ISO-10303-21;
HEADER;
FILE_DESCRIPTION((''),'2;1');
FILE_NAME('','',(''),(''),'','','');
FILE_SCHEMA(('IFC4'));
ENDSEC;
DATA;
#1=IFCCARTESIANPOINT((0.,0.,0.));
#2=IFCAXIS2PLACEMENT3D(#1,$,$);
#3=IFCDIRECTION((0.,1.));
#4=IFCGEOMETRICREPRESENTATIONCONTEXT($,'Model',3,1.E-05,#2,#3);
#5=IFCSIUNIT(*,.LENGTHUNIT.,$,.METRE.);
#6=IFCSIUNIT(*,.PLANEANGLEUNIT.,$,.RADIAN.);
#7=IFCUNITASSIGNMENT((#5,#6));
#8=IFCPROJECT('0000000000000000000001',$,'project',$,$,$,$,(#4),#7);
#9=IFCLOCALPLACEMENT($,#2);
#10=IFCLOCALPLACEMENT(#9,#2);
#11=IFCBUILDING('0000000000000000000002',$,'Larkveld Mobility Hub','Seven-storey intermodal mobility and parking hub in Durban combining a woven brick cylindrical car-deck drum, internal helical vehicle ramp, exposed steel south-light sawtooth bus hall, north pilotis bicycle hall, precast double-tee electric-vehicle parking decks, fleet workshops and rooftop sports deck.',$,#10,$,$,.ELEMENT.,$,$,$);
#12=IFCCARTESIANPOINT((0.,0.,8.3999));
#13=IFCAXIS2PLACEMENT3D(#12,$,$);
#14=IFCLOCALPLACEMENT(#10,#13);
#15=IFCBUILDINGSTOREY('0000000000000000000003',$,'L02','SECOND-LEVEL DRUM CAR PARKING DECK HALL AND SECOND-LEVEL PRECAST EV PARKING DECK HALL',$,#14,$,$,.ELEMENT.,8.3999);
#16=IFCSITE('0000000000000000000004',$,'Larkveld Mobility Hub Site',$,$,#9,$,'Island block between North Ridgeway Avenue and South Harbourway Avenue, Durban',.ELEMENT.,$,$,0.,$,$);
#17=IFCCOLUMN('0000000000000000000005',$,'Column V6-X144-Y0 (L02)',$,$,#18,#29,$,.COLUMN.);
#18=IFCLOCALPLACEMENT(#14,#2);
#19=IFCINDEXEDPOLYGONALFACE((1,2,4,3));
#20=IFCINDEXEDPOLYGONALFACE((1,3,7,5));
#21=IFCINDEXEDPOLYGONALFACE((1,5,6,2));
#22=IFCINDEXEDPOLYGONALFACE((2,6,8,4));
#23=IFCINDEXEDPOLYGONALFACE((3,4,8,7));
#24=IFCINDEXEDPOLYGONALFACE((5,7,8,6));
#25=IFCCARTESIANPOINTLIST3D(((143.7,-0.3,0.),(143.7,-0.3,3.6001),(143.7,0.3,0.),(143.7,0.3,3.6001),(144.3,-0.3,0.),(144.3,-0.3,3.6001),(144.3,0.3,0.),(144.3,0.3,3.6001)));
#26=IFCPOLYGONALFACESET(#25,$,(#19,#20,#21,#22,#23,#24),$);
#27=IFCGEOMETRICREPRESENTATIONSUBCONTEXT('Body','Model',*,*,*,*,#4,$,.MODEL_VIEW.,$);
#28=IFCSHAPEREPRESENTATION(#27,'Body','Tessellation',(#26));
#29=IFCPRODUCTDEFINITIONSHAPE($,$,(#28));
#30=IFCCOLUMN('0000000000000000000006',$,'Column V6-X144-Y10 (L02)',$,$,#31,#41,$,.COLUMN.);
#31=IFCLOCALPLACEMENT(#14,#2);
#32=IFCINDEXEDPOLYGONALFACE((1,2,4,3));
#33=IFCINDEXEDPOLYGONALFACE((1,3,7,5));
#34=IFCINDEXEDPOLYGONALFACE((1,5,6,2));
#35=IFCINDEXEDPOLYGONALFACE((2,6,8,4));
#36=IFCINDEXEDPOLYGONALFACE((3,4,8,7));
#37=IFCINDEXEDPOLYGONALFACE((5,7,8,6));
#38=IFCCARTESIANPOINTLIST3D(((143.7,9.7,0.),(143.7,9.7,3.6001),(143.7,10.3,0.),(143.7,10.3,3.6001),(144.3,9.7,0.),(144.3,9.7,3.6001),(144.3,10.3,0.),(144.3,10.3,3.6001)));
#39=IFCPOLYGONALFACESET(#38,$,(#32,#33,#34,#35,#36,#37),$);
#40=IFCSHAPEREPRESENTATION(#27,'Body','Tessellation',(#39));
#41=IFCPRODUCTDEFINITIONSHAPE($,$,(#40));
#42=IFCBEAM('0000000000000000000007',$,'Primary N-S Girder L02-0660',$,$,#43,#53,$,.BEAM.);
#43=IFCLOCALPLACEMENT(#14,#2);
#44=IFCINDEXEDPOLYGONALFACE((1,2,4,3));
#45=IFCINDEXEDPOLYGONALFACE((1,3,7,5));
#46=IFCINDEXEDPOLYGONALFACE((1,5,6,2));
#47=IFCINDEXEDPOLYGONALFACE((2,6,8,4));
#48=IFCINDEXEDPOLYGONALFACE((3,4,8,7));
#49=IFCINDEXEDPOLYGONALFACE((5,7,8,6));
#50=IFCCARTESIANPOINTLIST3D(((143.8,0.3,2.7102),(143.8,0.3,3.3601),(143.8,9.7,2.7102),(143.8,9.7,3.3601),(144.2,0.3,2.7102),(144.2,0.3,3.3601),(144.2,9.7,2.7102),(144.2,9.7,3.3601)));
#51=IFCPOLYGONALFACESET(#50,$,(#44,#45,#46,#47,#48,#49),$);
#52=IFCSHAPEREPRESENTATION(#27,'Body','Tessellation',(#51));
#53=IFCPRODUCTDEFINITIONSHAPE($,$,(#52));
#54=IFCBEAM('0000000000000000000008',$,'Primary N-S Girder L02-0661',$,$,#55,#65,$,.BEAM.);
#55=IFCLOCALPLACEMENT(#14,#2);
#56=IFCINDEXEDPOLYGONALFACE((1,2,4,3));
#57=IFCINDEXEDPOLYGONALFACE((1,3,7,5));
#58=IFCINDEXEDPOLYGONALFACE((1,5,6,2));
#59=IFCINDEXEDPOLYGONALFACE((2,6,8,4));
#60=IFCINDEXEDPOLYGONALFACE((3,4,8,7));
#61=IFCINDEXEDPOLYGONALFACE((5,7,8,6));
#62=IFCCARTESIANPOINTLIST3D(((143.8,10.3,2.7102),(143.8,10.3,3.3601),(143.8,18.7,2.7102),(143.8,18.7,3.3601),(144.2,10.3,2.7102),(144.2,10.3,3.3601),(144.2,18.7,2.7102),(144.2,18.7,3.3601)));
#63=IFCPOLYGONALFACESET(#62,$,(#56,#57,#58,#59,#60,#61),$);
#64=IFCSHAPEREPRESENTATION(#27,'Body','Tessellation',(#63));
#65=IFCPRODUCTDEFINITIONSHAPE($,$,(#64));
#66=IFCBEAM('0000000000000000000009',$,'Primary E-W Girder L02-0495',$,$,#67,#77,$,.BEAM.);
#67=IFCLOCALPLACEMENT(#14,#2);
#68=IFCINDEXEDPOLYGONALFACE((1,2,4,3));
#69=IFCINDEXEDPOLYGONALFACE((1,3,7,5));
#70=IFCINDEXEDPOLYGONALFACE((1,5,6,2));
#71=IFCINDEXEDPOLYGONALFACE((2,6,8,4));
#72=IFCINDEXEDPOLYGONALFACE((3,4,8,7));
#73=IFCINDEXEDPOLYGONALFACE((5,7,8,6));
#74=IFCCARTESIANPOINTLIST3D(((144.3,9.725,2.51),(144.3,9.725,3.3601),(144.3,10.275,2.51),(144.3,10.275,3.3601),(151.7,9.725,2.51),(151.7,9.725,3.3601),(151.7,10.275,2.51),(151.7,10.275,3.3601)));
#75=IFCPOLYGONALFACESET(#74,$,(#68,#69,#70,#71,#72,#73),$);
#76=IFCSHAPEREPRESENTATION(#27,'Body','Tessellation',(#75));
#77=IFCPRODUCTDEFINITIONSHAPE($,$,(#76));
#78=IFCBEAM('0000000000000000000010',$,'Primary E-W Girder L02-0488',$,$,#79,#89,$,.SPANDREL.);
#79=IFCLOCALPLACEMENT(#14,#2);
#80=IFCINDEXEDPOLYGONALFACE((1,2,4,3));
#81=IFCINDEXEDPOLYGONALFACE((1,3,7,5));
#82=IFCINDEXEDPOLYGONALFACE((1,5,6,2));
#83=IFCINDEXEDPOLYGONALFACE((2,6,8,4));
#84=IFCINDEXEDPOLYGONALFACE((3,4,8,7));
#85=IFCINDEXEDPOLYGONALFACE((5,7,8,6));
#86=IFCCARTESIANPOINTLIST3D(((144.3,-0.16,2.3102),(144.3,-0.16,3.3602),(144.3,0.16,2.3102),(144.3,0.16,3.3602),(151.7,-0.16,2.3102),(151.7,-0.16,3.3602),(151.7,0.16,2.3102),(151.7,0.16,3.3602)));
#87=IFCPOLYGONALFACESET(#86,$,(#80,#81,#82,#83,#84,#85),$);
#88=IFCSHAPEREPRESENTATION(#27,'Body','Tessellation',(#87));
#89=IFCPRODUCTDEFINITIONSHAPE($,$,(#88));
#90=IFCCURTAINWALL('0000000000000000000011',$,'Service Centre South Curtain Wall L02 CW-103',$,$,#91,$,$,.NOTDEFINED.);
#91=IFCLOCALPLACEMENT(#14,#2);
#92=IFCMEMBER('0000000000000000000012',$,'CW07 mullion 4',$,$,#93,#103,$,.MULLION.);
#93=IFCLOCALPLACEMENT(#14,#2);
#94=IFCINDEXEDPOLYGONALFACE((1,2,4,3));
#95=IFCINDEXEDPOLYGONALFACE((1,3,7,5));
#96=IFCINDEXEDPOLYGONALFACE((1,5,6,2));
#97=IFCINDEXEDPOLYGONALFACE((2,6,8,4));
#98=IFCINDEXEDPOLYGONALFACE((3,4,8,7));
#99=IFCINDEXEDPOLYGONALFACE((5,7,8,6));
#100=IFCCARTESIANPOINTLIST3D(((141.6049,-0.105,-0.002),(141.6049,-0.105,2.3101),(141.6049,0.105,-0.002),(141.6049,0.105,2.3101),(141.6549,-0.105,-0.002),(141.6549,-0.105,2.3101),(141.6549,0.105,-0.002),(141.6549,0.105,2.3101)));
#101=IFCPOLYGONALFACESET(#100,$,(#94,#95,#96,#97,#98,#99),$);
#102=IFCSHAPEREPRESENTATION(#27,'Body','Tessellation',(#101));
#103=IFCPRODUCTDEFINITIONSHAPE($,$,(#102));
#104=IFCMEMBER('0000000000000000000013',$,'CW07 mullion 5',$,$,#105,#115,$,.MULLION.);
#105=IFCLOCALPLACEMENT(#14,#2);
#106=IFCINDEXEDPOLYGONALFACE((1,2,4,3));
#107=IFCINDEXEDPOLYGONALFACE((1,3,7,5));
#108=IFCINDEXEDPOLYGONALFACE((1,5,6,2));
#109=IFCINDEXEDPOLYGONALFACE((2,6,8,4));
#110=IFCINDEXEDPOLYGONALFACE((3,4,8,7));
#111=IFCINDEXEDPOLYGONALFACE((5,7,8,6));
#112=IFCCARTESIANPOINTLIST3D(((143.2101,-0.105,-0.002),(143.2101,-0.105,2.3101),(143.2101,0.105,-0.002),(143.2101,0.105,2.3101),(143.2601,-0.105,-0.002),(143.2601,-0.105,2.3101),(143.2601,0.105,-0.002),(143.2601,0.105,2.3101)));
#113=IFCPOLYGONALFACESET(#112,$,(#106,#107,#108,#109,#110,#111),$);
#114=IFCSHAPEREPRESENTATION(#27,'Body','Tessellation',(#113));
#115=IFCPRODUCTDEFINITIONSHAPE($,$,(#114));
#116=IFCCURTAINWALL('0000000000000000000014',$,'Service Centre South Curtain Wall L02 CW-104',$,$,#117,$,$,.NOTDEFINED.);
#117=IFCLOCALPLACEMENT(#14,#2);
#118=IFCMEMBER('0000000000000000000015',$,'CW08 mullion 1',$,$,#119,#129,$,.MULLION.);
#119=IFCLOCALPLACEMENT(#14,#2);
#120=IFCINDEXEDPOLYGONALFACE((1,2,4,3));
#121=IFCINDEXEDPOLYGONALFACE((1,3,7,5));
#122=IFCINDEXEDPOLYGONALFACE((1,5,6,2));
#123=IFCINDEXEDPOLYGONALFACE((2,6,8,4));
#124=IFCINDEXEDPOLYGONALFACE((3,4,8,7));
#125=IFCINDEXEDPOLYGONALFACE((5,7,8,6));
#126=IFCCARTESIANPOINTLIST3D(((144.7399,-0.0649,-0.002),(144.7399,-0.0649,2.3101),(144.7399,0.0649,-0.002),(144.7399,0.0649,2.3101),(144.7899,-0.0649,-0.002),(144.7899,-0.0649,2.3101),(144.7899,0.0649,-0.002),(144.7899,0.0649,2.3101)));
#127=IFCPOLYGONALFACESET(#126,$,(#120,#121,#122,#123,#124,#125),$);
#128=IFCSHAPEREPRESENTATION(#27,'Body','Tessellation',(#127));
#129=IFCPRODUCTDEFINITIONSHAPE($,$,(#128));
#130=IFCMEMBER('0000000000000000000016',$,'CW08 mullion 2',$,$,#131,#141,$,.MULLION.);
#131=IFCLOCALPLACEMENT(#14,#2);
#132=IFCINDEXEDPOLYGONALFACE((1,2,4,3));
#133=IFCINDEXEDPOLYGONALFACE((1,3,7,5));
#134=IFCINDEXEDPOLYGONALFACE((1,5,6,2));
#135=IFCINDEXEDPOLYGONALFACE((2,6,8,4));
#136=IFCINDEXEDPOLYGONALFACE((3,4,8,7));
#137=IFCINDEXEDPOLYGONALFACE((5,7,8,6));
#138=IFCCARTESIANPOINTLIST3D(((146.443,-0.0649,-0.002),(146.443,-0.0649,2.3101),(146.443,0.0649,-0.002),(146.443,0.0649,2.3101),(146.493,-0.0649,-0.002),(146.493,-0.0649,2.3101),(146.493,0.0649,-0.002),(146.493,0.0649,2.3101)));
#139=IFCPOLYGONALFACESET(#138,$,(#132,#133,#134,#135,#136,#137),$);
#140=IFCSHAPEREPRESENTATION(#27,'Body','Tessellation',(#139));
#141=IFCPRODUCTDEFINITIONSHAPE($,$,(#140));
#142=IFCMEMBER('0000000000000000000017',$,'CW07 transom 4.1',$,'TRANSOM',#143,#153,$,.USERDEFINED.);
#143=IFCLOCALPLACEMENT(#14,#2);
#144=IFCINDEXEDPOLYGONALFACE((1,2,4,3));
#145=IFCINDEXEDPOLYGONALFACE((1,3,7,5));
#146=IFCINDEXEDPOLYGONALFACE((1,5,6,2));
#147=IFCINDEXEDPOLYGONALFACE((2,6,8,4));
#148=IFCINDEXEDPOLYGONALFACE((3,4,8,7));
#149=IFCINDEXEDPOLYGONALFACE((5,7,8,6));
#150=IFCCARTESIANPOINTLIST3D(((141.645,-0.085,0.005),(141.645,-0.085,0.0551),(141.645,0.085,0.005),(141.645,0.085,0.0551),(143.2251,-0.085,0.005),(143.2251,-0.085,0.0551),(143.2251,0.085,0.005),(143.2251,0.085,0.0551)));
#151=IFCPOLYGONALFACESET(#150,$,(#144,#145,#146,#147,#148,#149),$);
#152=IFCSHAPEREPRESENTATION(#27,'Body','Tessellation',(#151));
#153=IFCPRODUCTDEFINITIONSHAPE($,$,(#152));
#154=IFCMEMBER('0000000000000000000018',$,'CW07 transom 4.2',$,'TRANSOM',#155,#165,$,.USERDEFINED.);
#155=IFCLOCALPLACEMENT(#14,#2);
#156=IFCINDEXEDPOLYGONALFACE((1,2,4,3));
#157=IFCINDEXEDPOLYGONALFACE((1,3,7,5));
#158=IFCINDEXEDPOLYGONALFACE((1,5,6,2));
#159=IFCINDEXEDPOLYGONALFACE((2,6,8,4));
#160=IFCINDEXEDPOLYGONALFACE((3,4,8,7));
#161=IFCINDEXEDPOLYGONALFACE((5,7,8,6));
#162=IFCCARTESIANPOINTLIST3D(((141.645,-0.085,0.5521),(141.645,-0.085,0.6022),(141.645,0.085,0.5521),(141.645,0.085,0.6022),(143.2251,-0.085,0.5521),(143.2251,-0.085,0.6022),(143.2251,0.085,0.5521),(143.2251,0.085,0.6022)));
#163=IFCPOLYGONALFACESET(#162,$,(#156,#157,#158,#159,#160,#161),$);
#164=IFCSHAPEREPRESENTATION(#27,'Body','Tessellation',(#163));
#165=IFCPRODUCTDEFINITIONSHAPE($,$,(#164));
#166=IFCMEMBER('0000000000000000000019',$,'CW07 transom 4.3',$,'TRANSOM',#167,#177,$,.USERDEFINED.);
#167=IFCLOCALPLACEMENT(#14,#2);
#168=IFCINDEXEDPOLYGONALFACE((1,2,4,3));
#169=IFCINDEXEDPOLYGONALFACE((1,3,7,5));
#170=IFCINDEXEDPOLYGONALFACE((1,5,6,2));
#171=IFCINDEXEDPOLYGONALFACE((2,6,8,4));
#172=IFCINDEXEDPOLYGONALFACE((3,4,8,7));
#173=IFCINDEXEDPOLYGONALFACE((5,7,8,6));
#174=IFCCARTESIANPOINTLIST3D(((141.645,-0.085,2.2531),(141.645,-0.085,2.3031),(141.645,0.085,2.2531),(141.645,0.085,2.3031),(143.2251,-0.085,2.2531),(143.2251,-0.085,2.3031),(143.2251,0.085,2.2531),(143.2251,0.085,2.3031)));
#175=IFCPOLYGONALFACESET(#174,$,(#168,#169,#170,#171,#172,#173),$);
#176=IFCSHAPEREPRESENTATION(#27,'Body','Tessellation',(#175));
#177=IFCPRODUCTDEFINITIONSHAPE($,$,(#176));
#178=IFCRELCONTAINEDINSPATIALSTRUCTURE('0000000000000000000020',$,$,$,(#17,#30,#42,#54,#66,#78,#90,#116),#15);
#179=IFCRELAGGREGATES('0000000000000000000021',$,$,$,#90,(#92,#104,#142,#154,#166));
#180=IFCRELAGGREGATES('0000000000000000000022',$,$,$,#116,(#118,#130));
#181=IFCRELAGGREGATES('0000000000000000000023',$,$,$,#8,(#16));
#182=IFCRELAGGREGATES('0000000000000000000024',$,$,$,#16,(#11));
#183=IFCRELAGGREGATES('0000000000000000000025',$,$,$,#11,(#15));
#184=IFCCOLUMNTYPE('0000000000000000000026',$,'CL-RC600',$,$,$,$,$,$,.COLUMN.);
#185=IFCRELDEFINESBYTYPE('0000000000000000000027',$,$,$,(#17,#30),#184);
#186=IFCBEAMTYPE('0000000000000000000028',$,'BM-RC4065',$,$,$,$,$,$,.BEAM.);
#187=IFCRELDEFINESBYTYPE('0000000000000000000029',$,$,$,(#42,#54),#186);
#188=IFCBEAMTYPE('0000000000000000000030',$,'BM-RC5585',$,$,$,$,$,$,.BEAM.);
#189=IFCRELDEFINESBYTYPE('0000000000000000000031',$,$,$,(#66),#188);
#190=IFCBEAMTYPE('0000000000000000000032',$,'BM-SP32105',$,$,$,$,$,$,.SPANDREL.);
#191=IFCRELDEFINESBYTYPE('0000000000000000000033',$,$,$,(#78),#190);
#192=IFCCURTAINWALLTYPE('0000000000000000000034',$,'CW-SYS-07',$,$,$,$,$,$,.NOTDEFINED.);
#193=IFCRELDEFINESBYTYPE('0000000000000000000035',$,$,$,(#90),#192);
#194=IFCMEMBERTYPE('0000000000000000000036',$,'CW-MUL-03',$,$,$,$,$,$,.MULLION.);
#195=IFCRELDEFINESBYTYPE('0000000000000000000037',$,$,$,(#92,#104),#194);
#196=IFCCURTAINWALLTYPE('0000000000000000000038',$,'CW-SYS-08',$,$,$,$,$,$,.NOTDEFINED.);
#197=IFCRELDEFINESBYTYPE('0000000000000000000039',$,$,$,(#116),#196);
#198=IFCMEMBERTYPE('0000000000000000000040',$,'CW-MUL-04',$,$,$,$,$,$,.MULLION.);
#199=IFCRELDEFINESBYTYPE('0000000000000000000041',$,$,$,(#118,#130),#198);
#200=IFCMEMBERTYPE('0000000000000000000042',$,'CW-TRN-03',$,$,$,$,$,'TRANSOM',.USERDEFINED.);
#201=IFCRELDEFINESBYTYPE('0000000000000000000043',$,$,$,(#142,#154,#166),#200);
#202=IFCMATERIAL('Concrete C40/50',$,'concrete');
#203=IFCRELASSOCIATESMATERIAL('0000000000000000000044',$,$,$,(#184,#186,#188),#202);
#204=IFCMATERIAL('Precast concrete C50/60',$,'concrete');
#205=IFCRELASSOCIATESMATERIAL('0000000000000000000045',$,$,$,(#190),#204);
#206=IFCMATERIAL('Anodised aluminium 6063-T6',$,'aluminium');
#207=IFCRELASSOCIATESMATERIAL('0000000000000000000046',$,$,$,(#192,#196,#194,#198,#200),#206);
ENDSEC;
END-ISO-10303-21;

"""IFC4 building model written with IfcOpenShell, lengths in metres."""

from ifc_helpers import new_model, si_unit, direction, frame, origin, origin_2d, place, context, subcontext, project, spatial, rectangle, extrude, material, material_profile, profile_set, type_object, element, aggregate, save


model = new_model("IFC4")

# Units and contexts
model_context = context("Model", 3, precision=1e-05, world=origin(), true_north=direction((0.0, 1.0)))
body_context = subcontext(model_context, "Body", "Model", "MODEL_VIEW")
ifc_project = project(units=[si_unit("LENGTHUNIT", "METRE"), si_unit("PLANEANGLEUNIT", "RADIAN")], contexts=[model_context])

# Site, building, storey
site_placement = place(None, origin())
site = spatial("IfcSite", under=ifc_project, at=site_placement, Name="Larkveld Mobility Hub Site", LongName="Island block between North Ridgeway Avenue and South Harbourway Avenue, Durban", CompositionType="ELEMENT", RefElevation=0.0)
building_placement = place(site_placement, origin())
building = spatial("IfcBuilding", under=site, at=building_placement, Name="Larkveld Mobility Hub", Description="Seven-storey intermodal mobility and parking hub in Durban combining a woven brick cylindrical car-deck drum, internal helical vehicle ramp, exposed steel south-light sawtooth bus hall, north pilotis bicycle hall, precast double-tee electric-vehicle parking decks, fleet workshops and rooftop sports deck.", CompositionType="ELEMENT")
storey_placement = place(building_placement, frame((0.0, 0.0, 8.3999)))
storey = spatial("IfcBuildingStorey", under=building, at=storey_placement, Name="L02", Description="SECOND-LEVEL DRUM CAR PARKING DECK HALL AND SECOND-LEVEL PRECAST EV PARKING DECK HALL", CompositionType="ELEMENT", Elevation=8.3999)

# Columns
ifc_material_1 = material(Name="Concrete C40/50", Category="concrete")
ifc_material_profile_1 = material_profile(ifc_material_1, rectangle(XDim=0.6001, YDim=0.6001, at=origin_2d()), Name="RC COL 600x600")
ifc_profile_set_1 = profile_set([ifc_material_profile_1], Name="Concrete C40/50")
column_type = type_object("IfcColumnType", Name="CL-RC600", PredefinedType="COLUMN", material=ifc_profile_set_1)
for number, where, z_axis, x_axis, name in (
    (1, (144.0, 0.0, 0.0), (0.0, 0.0, 1.0), (1.0, 0.0, 0.0), "Column V6-X144-Y0 (L02)"),
    (2, (144.0, 10.0, 0.0), (0.0, 0.0, 1.0), (1.0, 0.0, 0.0), "Column V6-X144-Y10 (L02)"),
):
    element("IfcColumn", number, at=place(storey_placement, frame(where, z_axis=z_axis, x_axis=x_axis)), inside=storey, type_object=column_type, Name=name, PredefinedType="COLUMN", context=body_context, shape_type="SweptSolid", body=[
        extrude(rectangle(XDim=0.6001, YDim=0.6001, at=origin_2d()), origin(), (0.0, 0.0, 1.0), 3.6001),
    ])

# Beams
ifc_material_profile_2 = material_profile(ifc_material_1, rectangle(XDim=0.3999, YDim=0.6499, at=origin_2d()), Name="RC BM 400x650")
ifc_profile_set_2 = profile_set([ifc_material_profile_2], Name="Concrete C40/50")
beam_type_1 = type_object("IfcBeamType", Name="BM-RC4065", PredefinedType="BEAM", material=ifc_profile_set_2)
beam_1_placement = place(storey_placement, frame((144.0, 0.3, 3.0352), z_axis=(0.0, 1.0, 0.0), x_axis=(-1.0, 0.0, 0.0)))
element("IfcBeam", 3, at=beam_1_placement, inside=storey, type_object=beam_type_1, Name="Primary N-S Girder L02-0660", PredefinedType="BEAM", context=body_context, shape_type="SweptSolid", body=[
    extrude(rectangle(XDim=0.3999, YDim=0.6499, at=origin_2d()), origin(), (0.0, 0.0, 1.0), 9.3999),
])
beam_2_placement = place(storey_placement, frame((144.0, 10.3, 3.0352), z_axis=(0.0, 1.0, 0.0), x_axis=(-1.0, 0.0, 0.0)))
element("IfcBeam", 4, at=beam_2_placement, inside=storey, type_object=beam_type_1, Name="Primary N-S Girder L02-0661", PredefinedType="BEAM", context=body_context, shape_type="SweptSolid", body=[
    extrude(rectangle(XDim=0.3999, YDim=0.6499, at=origin_2d()), origin(), (0.0, 0.0, 1.0), 8.3999),
])
ifc_material_profile_3 = material_profile(ifc_material_1, rectangle(XDim=0.55, YDim=0.8501, at=origin_2d()), Name="RC BM 550x850")
ifc_profile_set_3 = profile_set([ifc_material_profile_3], Name="Concrete C40/50")
beam_type_2 = type_object("IfcBeamType", Name="BM-RC5585", PredefinedType="BEAM", material=ifc_profile_set_3)
beam_3_placement = place(storey_placement, frame((144.3, 10.0, 2.9351), z_axis=(1.0, 0.0, 0.0), x_axis=(0.0, 1.0, 0.0)))
element("IfcBeam", 5, at=beam_3_placement, inside=storey, type_object=beam_type_2, Name="Primary E-W Girder L02-0495", PredefinedType="BEAM", context=body_context, shape_type="SweptSolid", body=[
    extrude(rectangle(XDim=0.55, YDim=0.8501, at=origin_2d()), origin(), (0.0, 0.0, 1.0), 7.3999),
])
ifc_material_2 = material(Name="Precast concrete C50/60", Category="concrete")
ifc_material_profile_4 = material_profile(ifc_material_2, rectangle(XDim=0.3201, YDim=1.05, at=origin_2d()), Name="PC SP 320x1050")
ifc_profile_set_4 = profile_set([ifc_material_profile_4], Name="Precast concrete C50/60")
beam_type_3 = type_object("IfcBeamType", Name="BM-SP32105", PredefinedType="SPANDREL", material=ifc_profile_set_4)
beam_4_placement = place(storey_placement, frame((144.3, 0.0, 2.8352), z_axis=(1.0, 0.0, 0.0), x_axis=(0.0, 1.0, 0.0)))
element("IfcBeam", 6, at=beam_4_placement, inside=storey, type_object=beam_type_3, Name="Primary E-W Girder L02-0488", PredefinedType="SPANDREL", context=body_context, shape_type="SweptSolid", body=[
    extrude(rectangle(XDim=0.3201, YDim=1.05, at=origin_2d()), origin(), (0.0, 0.0, 1.0), 7.3999),
])

# Curtain walls, members
ifc_material_3 = material(Name="Anodised aluminium 6063-T6", Category="aluminium")
curtain_wall_type_1 = type_object("IfcCurtainWallType", Name="CW-SYS-07", PredefinedType="NOTDEFINED", material=ifc_material_3)
curtain_wall_1_placement = place(storey_placement, origin())
curtain_wall_1 = element("IfcCurtainWall", 7, at=curtain_wall_1_placement, inside=storey, type_object=curtain_wall_type_1, Name="Service Centre South Curtain Wall L02 CW-103", PredefinedType="NOTDEFINED")
ifc_material_profile_5 = material_profile(ifc_material_3, rectangle(XDim=0.05, YDim=0.21, at=origin_2d()), Name="ALU MULL 50x210")
ifc_profile_set_5 = profile_set([ifc_material_profile_5], Name="Anodised aluminium 6063-T6")
member_type_1 = type_object("IfcMemberType", Name="CW-MUL-03", PredefinedType="MULLION", material=ifc_profile_set_5)
member_1_placement = place(storey_placement, frame((141.6299, 0.0, -0.002), z_axis=(0.0, 0.0, 1.0), x_axis=(1.0, 0.0, 0.0)))
member_1 = element("IfcMember", 8, at=member_1_placement, type_object=member_type_1, Name="CW07 mullion 4", PredefinedType="MULLION", context=body_context, shape_type="SweptSolid", body=[
    extrude(rectangle(XDim=0.05, YDim=0.21, at=origin_2d()), origin(), (0.0, 0.0, 1.0), 2.312),
])
member_2_placement = place(storey_placement, frame((143.2351, 0.0, -0.002), z_axis=(0.0, 0.0, 1.0), x_axis=(1.0, 0.0, 0.0)))
member_2 = element("IfcMember", 9, at=member_2_placement, type_object=member_type_1, Name="CW07 mullion 5", PredefinedType="MULLION", context=body_context, shape_type="SweptSolid", body=[
    extrude(rectangle(XDim=0.05, YDim=0.21, at=origin_2d()), origin(), (0.0, 0.0, 1.0), 2.312),
])
curtain_wall_type_2 = type_object("IfcCurtainWallType", Name="CW-SYS-08", PredefinedType="NOTDEFINED", material=ifc_material_3)
curtain_wall_2_placement = place(storey_placement, origin())
curtain_wall_2 = element("IfcCurtainWall", 10, at=curtain_wall_2_placement, inside=storey, type_object=curtain_wall_type_2, Name="Service Centre South Curtain Wall L02 CW-104", PredefinedType="NOTDEFINED")
ifc_material_profile_6 = material_profile(ifc_material_3, rectangle(XDim=0.05, YDim=0.1299, at=origin_2d()), Name="ALU MULL 50x130")
ifc_profile_set_6 = profile_set([ifc_material_profile_6], Name="Anodised aluminium 6063-T6")
member_type_2 = type_object("IfcMemberType", Name="CW-MUL-04", PredefinedType="MULLION", material=ifc_profile_set_6)
member_3_placement = place(storey_placement, frame((144.7649, 0.0, -0.002), z_axis=(0.0, 0.0, 1.0), x_axis=(1.0, 0.0, 0.0)))
member_3 = element("IfcMember", 11, at=member_3_placement, type_object=member_type_2, Name="CW08 mullion 1", PredefinedType="MULLION", context=body_context, shape_type="SweptSolid", body=[
    extrude(rectangle(XDim=0.05, YDim=0.1299, at=origin_2d()), origin(), (0.0, 0.0, 1.0), 2.312),
])
member_4_placement = place(storey_placement, frame((146.468, 0.0, -0.002), z_axis=(0.0, 0.0, 1.0), x_axis=(1.0, 0.0, 0.0)))
member_4 = element("IfcMember", 12, at=member_4_placement, type_object=member_type_2, Name="CW08 mullion 2", PredefinedType="MULLION", context=body_context, shape_type="SweptSolid", body=[
    extrude(rectangle(XDim=0.05, YDim=0.1299, at=origin_2d()), origin(), (0.0, 0.0, 1.0), 2.312),
])

# Members
ifc_material_profile_7 = material_profile(ifc_material_3, rectangle(XDim=0.1699, YDim=0.05, at=origin_2d()), Name="ALU TRAN 50x170")
ifc_profile_set_7 = profile_set([ifc_material_profile_7], Name="Anodised aluminium 6063-T6")
member_type_3 = type_object("IfcMemberType", Name="CW-TRN-03", ElementType="TRANSOM", PredefinedType="USERDEFINED", material=ifc_profile_set_7)
member_5_placement = place(storey_placement, frame((141.645, 0.0, 0.03), z_axis=(1.0, 0.0, 0.0), x_axis=(0.0, 1.0, 0.0)))
member_5 = element("IfcMember", 13, at=member_5_placement, type_object=member_type_3, Name="CW07 transom 4.1", ObjectType="TRANSOM", PredefinedType="USERDEFINED", context=body_context, shape_type="SweptSolid", body=[
    extrude(rectangle(XDim=0.1699, YDim=0.05, at=origin_2d()), origin(), (0.0, 0.0, 1.0), 1.5801),
])
member_6_placement = place(storey_placement, frame((141.645, 0.0, 0.5771), z_axis=(1.0, 0.0, 0.0), x_axis=(0.0, 1.0, 0.0)))
member_6 = element("IfcMember", 14, at=member_6_placement, type_object=member_type_3, Name="CW07 transom 4.2", ObjectType="TRANSOM", PredefinedType="USERDEFINED", context=body_context, shape_type="SweptSolid", body=[
    extrude(rectangle(XDim=0.1699, YDim=0.05, at=origin_2d()), origin(), (0.0, 0.0, 1.0), 1.5801),
])
member_7_placement = place(storey_placement, frame((141.645, 0.0, 2.2781), z_axis=(1.0, 0.0, 0.0), x_axis=(0.0, 1.0, 0.0)))
member_7 = element("IfcMember", 15, at=member_7_placement, type_object=member_type_3, Name="CW07 transom 4.3", ObjectType="TRANSOM", PredefinedType="USERDEFINED", context=body_context, shape_type="SweptSolid", body=[
    extrude(rectangle(XDim=0.1699, YDim=0.05, at=origin_2d()), origin(), (0.0, 0.0, 1.0), 1.5801),
])

aggregate(curtain_wall_1, [member_1, member_2, member_5, member_6, member_7])
aggregate(curtain_wall_2, [member_3, member_4])

save(model, "model.ifc")
